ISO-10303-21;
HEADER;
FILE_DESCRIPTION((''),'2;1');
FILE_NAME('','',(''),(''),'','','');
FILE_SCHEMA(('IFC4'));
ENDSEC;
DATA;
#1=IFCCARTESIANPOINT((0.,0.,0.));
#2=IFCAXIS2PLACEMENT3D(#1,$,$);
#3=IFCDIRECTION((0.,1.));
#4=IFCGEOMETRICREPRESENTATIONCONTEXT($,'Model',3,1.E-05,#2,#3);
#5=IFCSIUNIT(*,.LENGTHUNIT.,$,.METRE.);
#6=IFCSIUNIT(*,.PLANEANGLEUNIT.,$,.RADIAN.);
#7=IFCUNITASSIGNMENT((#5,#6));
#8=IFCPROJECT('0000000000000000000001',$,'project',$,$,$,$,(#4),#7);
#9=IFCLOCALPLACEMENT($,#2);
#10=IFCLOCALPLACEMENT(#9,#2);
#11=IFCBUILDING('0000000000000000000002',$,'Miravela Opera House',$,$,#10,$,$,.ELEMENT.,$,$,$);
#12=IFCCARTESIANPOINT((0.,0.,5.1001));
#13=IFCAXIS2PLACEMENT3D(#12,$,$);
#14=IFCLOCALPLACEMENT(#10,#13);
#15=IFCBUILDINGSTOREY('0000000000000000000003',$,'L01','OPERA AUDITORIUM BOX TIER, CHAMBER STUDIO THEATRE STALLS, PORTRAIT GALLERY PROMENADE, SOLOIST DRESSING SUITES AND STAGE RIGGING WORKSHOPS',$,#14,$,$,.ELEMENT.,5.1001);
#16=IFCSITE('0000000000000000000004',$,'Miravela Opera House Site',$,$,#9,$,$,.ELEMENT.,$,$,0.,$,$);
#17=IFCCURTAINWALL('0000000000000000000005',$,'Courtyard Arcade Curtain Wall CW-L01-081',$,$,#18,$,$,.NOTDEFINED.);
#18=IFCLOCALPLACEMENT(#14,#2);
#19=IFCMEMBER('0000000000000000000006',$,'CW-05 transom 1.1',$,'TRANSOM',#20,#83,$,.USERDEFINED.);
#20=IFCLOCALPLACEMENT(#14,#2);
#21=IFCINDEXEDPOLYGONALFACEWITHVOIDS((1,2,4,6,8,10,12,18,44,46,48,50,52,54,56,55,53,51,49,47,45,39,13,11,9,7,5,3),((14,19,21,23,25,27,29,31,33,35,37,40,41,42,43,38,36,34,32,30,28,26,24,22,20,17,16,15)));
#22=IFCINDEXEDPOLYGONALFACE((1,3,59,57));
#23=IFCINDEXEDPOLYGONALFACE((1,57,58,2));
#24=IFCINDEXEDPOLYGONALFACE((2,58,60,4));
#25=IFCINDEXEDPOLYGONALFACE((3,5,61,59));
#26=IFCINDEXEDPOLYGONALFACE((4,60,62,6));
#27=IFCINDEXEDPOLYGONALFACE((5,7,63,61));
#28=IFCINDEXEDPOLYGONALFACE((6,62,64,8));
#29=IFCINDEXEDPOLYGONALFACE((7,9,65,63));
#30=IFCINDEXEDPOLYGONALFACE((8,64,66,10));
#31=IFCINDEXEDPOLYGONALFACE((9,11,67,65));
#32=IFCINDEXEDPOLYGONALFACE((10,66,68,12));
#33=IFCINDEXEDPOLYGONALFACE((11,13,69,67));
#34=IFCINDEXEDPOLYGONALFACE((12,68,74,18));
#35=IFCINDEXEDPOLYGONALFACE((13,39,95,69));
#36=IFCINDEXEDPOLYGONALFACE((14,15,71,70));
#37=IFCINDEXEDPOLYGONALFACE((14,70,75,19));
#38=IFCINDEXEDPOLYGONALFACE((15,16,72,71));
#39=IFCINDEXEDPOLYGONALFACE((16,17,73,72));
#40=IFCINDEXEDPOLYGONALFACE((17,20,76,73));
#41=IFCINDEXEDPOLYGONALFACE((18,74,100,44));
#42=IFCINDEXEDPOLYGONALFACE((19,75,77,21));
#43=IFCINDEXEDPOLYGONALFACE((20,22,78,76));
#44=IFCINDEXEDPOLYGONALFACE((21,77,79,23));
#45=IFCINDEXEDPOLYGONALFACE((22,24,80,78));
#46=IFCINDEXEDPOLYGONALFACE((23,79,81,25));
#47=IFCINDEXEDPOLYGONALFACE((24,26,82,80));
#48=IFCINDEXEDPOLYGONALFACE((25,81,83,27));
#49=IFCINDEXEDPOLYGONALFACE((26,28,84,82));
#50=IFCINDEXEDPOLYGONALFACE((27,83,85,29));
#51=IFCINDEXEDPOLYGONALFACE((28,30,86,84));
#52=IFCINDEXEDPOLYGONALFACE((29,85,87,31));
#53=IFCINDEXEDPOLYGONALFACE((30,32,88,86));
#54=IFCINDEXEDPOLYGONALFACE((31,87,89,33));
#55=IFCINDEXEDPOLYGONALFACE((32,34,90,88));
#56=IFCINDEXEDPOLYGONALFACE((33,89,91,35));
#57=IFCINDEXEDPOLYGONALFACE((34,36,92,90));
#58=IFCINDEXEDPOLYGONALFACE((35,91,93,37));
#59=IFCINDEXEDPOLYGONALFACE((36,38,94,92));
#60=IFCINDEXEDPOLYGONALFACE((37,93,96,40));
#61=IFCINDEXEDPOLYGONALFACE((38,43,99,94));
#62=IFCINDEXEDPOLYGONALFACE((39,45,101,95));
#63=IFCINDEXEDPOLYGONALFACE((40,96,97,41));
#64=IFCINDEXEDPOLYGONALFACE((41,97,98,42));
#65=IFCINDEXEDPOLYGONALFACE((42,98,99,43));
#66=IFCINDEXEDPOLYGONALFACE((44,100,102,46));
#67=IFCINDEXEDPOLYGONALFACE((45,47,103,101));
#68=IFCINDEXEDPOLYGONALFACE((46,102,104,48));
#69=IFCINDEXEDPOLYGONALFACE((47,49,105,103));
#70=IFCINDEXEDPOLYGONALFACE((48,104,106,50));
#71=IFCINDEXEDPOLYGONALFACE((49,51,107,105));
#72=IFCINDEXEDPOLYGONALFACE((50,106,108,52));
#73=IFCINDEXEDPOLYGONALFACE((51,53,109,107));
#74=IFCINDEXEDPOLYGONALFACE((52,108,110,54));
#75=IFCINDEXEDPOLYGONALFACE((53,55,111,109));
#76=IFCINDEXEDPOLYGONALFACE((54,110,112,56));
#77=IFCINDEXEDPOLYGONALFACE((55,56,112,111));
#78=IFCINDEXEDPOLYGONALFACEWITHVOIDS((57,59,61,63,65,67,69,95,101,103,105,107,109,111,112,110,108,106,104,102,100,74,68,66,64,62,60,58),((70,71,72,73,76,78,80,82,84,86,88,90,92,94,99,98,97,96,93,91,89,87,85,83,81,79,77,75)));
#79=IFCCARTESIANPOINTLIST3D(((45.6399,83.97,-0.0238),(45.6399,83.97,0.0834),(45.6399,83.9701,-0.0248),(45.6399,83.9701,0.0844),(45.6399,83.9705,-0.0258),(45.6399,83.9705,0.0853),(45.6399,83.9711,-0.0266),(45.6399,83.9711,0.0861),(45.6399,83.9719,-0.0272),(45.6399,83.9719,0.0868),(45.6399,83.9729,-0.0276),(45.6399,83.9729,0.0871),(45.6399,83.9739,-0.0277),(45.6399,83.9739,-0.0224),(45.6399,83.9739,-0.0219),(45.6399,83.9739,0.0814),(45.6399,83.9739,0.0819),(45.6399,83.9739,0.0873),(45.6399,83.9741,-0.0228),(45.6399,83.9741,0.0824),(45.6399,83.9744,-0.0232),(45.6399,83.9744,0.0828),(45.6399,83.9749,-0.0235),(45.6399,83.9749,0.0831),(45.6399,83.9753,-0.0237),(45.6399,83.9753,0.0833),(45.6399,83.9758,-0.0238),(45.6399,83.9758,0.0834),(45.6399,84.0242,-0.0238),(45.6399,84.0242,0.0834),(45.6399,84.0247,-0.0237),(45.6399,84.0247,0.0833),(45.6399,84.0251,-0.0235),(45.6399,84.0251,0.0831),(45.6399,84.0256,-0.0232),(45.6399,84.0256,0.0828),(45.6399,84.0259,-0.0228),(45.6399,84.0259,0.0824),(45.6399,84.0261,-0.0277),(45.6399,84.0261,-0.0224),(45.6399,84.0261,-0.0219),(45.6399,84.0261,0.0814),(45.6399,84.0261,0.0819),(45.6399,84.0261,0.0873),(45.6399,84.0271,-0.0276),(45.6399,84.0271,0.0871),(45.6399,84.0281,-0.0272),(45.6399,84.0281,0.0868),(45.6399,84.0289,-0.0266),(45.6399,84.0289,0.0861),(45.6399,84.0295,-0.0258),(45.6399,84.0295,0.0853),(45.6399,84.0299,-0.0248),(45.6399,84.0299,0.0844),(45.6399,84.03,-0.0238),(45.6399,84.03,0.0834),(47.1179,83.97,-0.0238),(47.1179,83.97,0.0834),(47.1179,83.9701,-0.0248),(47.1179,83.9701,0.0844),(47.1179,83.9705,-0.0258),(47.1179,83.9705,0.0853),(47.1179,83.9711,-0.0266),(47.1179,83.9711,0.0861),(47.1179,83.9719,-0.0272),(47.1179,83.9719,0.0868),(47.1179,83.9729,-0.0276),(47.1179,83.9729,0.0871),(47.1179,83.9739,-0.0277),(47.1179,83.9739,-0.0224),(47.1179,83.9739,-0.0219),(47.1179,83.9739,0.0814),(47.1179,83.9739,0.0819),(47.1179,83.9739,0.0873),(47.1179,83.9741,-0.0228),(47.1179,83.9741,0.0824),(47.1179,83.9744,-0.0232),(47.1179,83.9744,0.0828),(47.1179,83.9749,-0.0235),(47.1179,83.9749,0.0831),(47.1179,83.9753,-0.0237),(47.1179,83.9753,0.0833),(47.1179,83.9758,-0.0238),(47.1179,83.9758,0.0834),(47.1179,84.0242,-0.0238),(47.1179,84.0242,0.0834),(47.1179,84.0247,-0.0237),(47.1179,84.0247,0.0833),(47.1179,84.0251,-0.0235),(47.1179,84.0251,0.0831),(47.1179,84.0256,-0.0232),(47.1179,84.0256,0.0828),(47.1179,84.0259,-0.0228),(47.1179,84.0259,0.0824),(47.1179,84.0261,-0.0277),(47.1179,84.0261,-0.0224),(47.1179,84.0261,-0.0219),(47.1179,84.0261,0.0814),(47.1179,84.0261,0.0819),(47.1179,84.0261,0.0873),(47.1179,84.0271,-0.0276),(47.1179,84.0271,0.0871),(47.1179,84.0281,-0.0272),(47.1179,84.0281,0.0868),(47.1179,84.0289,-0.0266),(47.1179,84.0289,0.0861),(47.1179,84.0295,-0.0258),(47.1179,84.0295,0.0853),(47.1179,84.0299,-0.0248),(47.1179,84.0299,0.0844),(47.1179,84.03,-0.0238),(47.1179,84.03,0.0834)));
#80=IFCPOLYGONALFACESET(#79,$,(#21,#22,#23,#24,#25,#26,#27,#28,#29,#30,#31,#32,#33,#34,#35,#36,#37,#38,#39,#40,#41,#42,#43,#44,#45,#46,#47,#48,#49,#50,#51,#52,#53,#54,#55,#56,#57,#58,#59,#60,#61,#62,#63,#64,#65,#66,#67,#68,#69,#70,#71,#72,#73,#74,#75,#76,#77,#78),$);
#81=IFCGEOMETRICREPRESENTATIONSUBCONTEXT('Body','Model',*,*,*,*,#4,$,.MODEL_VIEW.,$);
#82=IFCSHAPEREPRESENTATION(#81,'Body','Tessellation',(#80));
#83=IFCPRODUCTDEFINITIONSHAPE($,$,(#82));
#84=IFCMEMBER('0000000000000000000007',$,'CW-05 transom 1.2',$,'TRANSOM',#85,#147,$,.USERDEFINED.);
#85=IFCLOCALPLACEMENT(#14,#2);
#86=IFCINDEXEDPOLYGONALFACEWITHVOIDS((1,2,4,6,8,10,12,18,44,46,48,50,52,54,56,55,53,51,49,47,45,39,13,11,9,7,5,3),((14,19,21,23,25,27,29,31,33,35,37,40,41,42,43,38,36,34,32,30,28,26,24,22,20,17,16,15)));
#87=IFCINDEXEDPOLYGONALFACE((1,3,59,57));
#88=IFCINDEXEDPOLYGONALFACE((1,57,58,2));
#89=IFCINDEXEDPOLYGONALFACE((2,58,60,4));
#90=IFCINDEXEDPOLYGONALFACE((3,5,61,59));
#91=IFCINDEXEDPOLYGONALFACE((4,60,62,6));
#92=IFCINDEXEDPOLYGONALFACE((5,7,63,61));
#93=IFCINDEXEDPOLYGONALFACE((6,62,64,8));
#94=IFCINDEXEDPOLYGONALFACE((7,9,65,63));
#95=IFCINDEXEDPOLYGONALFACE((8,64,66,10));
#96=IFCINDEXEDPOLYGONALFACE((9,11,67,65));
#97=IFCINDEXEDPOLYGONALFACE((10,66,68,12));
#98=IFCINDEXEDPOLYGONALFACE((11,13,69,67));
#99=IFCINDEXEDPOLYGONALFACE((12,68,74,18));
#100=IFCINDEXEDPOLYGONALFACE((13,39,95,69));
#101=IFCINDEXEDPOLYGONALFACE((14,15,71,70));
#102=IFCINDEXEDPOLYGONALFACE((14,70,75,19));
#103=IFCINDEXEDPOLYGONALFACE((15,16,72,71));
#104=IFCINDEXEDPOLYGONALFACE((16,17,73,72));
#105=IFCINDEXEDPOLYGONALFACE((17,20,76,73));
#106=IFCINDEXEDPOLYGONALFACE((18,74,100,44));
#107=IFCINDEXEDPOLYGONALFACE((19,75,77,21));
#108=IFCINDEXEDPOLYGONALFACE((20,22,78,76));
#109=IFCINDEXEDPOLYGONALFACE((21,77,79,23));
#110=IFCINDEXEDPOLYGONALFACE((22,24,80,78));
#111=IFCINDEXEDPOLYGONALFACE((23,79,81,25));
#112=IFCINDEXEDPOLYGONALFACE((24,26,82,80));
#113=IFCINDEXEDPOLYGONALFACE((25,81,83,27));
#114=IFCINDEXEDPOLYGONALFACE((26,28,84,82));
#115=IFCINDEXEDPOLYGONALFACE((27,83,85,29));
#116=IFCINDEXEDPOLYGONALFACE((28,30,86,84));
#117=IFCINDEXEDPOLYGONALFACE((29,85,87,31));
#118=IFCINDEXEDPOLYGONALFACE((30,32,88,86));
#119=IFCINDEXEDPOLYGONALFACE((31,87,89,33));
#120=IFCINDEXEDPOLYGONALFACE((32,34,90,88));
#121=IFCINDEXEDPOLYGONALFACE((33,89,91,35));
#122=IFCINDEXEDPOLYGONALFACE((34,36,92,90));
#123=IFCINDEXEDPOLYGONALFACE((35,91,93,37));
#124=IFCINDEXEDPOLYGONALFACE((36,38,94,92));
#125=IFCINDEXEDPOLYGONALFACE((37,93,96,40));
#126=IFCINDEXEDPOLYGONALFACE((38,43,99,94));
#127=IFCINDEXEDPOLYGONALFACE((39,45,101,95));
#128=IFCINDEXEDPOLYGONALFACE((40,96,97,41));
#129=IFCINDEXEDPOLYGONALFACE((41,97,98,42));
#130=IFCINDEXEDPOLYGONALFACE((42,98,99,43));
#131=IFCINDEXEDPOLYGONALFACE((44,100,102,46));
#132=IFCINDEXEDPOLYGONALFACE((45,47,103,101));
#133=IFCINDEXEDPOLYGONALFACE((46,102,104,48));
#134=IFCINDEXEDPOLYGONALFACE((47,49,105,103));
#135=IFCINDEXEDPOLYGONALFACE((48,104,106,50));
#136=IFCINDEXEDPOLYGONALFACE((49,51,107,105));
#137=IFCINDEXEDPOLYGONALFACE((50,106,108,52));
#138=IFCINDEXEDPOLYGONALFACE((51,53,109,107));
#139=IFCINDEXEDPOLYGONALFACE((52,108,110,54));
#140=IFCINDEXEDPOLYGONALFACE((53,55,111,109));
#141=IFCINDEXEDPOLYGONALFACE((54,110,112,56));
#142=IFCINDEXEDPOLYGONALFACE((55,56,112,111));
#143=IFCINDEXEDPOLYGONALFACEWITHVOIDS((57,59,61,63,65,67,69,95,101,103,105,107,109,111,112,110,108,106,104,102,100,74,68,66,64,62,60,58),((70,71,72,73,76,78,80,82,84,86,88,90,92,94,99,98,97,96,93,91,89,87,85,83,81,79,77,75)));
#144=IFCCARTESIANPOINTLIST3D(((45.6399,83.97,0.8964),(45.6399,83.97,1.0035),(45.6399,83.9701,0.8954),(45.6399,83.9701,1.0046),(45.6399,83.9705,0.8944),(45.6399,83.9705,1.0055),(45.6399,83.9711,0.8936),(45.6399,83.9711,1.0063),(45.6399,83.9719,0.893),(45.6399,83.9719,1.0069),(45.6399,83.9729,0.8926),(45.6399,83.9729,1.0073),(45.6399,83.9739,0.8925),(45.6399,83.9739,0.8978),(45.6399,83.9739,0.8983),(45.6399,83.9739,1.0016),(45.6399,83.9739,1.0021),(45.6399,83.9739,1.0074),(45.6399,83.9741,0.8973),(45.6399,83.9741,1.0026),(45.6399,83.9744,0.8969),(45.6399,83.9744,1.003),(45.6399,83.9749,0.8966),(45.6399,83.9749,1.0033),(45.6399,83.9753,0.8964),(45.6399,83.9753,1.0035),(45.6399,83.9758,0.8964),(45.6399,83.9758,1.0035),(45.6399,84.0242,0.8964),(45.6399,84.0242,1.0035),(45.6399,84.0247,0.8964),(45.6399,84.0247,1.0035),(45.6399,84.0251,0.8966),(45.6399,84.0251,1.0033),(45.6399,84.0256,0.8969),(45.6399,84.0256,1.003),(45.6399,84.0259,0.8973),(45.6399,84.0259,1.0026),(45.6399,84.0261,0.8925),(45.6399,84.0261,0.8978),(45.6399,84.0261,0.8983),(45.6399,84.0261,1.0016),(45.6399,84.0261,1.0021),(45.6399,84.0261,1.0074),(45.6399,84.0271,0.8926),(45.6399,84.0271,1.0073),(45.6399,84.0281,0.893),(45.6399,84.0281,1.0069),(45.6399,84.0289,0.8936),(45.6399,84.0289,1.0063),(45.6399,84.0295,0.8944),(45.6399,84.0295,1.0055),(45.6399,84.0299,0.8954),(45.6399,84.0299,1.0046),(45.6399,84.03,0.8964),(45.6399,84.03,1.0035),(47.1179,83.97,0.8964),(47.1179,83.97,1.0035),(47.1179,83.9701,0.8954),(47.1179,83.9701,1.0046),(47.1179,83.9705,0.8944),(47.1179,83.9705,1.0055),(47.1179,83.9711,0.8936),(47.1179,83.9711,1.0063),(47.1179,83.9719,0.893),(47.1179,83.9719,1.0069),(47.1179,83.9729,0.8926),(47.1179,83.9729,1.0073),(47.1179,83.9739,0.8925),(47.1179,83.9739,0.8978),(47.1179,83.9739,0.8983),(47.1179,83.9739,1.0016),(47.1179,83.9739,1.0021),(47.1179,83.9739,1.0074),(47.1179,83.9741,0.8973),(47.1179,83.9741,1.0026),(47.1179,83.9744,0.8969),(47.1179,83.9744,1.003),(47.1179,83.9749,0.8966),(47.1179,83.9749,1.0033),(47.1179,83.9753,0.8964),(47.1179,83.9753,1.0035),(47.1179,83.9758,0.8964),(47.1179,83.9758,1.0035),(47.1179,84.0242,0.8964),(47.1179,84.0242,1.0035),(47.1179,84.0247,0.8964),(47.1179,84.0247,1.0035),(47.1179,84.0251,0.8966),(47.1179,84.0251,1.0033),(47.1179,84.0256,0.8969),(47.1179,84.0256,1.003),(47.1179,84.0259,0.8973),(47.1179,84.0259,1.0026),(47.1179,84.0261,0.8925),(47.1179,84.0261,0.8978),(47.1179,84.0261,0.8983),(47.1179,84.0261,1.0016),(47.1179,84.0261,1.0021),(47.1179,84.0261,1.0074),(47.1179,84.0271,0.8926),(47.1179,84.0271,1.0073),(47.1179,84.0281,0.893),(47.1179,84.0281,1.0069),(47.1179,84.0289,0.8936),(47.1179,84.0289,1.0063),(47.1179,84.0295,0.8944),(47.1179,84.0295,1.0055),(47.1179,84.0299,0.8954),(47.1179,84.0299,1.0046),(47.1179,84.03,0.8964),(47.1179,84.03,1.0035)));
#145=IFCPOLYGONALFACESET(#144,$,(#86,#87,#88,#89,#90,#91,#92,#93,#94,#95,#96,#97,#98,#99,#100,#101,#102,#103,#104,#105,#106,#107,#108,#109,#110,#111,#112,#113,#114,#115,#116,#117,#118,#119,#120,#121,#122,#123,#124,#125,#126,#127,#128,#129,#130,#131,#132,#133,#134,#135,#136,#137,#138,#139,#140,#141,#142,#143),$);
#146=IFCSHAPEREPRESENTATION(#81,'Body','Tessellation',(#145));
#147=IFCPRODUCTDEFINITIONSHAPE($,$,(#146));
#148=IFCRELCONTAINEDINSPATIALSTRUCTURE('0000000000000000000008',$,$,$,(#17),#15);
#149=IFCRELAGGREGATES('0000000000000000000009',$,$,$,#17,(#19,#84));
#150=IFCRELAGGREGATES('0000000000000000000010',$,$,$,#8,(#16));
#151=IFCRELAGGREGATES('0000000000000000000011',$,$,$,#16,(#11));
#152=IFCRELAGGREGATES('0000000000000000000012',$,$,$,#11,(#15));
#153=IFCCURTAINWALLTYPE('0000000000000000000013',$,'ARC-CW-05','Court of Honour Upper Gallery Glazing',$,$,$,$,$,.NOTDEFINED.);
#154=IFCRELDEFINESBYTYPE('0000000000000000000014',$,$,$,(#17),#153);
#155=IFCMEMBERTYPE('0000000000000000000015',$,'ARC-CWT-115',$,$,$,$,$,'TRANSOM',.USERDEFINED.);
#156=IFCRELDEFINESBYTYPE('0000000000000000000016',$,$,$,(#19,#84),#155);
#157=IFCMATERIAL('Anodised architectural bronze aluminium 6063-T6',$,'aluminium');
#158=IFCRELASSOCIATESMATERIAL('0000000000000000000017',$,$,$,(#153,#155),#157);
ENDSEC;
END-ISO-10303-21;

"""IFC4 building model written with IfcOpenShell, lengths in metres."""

from ifc_helpers import new_model, si_unit, direction, frame, origin, origin_2d, place, context, subcontext, project, spatial, hollow_rectangle, extrude, material, material_profile, profile_set, type_object, element, aggregate, save


model = new_model("IFC4")

# Units and contexts
model_context = context("Model", 3, precision=1e-05, world=origin(), true_north=direction((0.0, 1.0)))
body_context = subcontext(model_context, "Body", "Model", "MODEL_VIEW")
ifc_project = project(units=[si_unit("LENGTHUNIT", "METRE"), si_unit("PLANEANGLEUNIT", "RADIAN")], contexts=[model_context])

# Site, building, storey
site_placement = place(None, origin())
site = spatial("IfcSite", under=ifc_project, at=site_placement, Name="Miravela Opera House Site", CompositionType="ELEMENT", RefElevation=0.0)
building_placement = place(site_placement, origin())
building = spatial("IfcBuilding", under=site, at=building_placement, Name="Miravela Opera House", CompositionType="ELEMENT")
storey_placement = place(building_placement, frame((0.0, 0.0, 5.1001)))
storey = spatial("IfcBuildingStorey", under=building, at=storey_placement, Name="L01", Description="OPERA AUDITORIUM BOX TIER, CHAMBER STUDIO THEATRE STALLS, PORTRAIT GALLERY PROMENADE, SOLOIST DRESSING SUITES AND STAGE RIGGING WORKSHOPS", CompositionType="ELEMENT", Elevation=5.1001)

# Shared definitions
ifc_material_1 = material(Name="Anodised architectural bronze aluminium 6063-T6", Category="aluminium")
curtain_wall_type = type_object("IfcCurtainWallType", Name="ARC-CW-05", Description="Court of Honour Upper Gallery Glazing", PredefinedType="NOTDEFINED", material=ifc_material_1)

# Curtain wall, members
curtain_wall_1_placement = place(storey_placement, origin())
curtain_wall_1 = element("IfcCurtainWall", 1, at=curtain_wall_1_placement, inside=storey, type_object=curtain_wall_type, Name="Courtyard Arcade Curtain Wall CW-L01-081", PredefinedType="NOTDEFINED")
ifc_material_profile_1 = material_profile(ifc_material_1, hollow_rectangle(XDim=0.0601, YDim=0.115, WallThickness=0.0039, InnerFilletRadius=0.002, OuterFilletRadius=0.0039, at=origin_2d()), Name="CWT-60X115")
ifc_profile_set_1 = profile_set([ifc_material_profile_1])
member_type_1 = type_object("IfcMemberType", Name="ARC-CWT-115", ElementType="TRANSOM", PredefinedType="USERDEFINED", material=ifc_profile_set_1)
member_1_placement = place(storey_placement, frame((45.6399, 84.0, 0.0298), z_axis=(1.0, 0.0, 0.0), x_axis=(0.0, 1.0, 0.0)))
member_1 = element("IfcMember", 2, at=member_1_placement, type_object=member_type_1, Name="CW-05 transom 1.1", ObjectType="TRANSOM", PredefinedType="USERDEFINED", context=body_context, shape_type="SweptSolid", body=[
    extrude(hollow_rectangle(XDim=0.0601, YDim=0.115, WallThickness=0.0039, InnerFilletRadius=0.002, OuterFilletRadius=0.0039, at=origin_2d()), origin(), (0.0, 0.0, 1.0), 1.478),
])
member_2_placement = place(storey_placement, frame((45.6399, 84.0, 0.95), z_axis=(1.0, 0.0, 0.0), x_axis=(0.0, 1.0, 0.0)))
member_2 = element("IfcMember", 3, at=member_2_placement, type_object=member_type_1, Name="CW-05 transom 1.2", ObjectType="TRANSOM", PredefinedType="USERDEFINED", context=body_context, shape_type="SweptSolid", body=[
    extrude(hollow_rectangle(XDim=0.0601, YDim=0.115, WallThickness=0.0039, InnerFilletRadius=0.002, OuterFilletRadius=0.0039, at=origin_2d()), origin(), (0.0, 0.0, 1.0), 1.478),
])

aggregate(curtain_wall_1, [member_1, member_2])

save(model, "model.ifc")
